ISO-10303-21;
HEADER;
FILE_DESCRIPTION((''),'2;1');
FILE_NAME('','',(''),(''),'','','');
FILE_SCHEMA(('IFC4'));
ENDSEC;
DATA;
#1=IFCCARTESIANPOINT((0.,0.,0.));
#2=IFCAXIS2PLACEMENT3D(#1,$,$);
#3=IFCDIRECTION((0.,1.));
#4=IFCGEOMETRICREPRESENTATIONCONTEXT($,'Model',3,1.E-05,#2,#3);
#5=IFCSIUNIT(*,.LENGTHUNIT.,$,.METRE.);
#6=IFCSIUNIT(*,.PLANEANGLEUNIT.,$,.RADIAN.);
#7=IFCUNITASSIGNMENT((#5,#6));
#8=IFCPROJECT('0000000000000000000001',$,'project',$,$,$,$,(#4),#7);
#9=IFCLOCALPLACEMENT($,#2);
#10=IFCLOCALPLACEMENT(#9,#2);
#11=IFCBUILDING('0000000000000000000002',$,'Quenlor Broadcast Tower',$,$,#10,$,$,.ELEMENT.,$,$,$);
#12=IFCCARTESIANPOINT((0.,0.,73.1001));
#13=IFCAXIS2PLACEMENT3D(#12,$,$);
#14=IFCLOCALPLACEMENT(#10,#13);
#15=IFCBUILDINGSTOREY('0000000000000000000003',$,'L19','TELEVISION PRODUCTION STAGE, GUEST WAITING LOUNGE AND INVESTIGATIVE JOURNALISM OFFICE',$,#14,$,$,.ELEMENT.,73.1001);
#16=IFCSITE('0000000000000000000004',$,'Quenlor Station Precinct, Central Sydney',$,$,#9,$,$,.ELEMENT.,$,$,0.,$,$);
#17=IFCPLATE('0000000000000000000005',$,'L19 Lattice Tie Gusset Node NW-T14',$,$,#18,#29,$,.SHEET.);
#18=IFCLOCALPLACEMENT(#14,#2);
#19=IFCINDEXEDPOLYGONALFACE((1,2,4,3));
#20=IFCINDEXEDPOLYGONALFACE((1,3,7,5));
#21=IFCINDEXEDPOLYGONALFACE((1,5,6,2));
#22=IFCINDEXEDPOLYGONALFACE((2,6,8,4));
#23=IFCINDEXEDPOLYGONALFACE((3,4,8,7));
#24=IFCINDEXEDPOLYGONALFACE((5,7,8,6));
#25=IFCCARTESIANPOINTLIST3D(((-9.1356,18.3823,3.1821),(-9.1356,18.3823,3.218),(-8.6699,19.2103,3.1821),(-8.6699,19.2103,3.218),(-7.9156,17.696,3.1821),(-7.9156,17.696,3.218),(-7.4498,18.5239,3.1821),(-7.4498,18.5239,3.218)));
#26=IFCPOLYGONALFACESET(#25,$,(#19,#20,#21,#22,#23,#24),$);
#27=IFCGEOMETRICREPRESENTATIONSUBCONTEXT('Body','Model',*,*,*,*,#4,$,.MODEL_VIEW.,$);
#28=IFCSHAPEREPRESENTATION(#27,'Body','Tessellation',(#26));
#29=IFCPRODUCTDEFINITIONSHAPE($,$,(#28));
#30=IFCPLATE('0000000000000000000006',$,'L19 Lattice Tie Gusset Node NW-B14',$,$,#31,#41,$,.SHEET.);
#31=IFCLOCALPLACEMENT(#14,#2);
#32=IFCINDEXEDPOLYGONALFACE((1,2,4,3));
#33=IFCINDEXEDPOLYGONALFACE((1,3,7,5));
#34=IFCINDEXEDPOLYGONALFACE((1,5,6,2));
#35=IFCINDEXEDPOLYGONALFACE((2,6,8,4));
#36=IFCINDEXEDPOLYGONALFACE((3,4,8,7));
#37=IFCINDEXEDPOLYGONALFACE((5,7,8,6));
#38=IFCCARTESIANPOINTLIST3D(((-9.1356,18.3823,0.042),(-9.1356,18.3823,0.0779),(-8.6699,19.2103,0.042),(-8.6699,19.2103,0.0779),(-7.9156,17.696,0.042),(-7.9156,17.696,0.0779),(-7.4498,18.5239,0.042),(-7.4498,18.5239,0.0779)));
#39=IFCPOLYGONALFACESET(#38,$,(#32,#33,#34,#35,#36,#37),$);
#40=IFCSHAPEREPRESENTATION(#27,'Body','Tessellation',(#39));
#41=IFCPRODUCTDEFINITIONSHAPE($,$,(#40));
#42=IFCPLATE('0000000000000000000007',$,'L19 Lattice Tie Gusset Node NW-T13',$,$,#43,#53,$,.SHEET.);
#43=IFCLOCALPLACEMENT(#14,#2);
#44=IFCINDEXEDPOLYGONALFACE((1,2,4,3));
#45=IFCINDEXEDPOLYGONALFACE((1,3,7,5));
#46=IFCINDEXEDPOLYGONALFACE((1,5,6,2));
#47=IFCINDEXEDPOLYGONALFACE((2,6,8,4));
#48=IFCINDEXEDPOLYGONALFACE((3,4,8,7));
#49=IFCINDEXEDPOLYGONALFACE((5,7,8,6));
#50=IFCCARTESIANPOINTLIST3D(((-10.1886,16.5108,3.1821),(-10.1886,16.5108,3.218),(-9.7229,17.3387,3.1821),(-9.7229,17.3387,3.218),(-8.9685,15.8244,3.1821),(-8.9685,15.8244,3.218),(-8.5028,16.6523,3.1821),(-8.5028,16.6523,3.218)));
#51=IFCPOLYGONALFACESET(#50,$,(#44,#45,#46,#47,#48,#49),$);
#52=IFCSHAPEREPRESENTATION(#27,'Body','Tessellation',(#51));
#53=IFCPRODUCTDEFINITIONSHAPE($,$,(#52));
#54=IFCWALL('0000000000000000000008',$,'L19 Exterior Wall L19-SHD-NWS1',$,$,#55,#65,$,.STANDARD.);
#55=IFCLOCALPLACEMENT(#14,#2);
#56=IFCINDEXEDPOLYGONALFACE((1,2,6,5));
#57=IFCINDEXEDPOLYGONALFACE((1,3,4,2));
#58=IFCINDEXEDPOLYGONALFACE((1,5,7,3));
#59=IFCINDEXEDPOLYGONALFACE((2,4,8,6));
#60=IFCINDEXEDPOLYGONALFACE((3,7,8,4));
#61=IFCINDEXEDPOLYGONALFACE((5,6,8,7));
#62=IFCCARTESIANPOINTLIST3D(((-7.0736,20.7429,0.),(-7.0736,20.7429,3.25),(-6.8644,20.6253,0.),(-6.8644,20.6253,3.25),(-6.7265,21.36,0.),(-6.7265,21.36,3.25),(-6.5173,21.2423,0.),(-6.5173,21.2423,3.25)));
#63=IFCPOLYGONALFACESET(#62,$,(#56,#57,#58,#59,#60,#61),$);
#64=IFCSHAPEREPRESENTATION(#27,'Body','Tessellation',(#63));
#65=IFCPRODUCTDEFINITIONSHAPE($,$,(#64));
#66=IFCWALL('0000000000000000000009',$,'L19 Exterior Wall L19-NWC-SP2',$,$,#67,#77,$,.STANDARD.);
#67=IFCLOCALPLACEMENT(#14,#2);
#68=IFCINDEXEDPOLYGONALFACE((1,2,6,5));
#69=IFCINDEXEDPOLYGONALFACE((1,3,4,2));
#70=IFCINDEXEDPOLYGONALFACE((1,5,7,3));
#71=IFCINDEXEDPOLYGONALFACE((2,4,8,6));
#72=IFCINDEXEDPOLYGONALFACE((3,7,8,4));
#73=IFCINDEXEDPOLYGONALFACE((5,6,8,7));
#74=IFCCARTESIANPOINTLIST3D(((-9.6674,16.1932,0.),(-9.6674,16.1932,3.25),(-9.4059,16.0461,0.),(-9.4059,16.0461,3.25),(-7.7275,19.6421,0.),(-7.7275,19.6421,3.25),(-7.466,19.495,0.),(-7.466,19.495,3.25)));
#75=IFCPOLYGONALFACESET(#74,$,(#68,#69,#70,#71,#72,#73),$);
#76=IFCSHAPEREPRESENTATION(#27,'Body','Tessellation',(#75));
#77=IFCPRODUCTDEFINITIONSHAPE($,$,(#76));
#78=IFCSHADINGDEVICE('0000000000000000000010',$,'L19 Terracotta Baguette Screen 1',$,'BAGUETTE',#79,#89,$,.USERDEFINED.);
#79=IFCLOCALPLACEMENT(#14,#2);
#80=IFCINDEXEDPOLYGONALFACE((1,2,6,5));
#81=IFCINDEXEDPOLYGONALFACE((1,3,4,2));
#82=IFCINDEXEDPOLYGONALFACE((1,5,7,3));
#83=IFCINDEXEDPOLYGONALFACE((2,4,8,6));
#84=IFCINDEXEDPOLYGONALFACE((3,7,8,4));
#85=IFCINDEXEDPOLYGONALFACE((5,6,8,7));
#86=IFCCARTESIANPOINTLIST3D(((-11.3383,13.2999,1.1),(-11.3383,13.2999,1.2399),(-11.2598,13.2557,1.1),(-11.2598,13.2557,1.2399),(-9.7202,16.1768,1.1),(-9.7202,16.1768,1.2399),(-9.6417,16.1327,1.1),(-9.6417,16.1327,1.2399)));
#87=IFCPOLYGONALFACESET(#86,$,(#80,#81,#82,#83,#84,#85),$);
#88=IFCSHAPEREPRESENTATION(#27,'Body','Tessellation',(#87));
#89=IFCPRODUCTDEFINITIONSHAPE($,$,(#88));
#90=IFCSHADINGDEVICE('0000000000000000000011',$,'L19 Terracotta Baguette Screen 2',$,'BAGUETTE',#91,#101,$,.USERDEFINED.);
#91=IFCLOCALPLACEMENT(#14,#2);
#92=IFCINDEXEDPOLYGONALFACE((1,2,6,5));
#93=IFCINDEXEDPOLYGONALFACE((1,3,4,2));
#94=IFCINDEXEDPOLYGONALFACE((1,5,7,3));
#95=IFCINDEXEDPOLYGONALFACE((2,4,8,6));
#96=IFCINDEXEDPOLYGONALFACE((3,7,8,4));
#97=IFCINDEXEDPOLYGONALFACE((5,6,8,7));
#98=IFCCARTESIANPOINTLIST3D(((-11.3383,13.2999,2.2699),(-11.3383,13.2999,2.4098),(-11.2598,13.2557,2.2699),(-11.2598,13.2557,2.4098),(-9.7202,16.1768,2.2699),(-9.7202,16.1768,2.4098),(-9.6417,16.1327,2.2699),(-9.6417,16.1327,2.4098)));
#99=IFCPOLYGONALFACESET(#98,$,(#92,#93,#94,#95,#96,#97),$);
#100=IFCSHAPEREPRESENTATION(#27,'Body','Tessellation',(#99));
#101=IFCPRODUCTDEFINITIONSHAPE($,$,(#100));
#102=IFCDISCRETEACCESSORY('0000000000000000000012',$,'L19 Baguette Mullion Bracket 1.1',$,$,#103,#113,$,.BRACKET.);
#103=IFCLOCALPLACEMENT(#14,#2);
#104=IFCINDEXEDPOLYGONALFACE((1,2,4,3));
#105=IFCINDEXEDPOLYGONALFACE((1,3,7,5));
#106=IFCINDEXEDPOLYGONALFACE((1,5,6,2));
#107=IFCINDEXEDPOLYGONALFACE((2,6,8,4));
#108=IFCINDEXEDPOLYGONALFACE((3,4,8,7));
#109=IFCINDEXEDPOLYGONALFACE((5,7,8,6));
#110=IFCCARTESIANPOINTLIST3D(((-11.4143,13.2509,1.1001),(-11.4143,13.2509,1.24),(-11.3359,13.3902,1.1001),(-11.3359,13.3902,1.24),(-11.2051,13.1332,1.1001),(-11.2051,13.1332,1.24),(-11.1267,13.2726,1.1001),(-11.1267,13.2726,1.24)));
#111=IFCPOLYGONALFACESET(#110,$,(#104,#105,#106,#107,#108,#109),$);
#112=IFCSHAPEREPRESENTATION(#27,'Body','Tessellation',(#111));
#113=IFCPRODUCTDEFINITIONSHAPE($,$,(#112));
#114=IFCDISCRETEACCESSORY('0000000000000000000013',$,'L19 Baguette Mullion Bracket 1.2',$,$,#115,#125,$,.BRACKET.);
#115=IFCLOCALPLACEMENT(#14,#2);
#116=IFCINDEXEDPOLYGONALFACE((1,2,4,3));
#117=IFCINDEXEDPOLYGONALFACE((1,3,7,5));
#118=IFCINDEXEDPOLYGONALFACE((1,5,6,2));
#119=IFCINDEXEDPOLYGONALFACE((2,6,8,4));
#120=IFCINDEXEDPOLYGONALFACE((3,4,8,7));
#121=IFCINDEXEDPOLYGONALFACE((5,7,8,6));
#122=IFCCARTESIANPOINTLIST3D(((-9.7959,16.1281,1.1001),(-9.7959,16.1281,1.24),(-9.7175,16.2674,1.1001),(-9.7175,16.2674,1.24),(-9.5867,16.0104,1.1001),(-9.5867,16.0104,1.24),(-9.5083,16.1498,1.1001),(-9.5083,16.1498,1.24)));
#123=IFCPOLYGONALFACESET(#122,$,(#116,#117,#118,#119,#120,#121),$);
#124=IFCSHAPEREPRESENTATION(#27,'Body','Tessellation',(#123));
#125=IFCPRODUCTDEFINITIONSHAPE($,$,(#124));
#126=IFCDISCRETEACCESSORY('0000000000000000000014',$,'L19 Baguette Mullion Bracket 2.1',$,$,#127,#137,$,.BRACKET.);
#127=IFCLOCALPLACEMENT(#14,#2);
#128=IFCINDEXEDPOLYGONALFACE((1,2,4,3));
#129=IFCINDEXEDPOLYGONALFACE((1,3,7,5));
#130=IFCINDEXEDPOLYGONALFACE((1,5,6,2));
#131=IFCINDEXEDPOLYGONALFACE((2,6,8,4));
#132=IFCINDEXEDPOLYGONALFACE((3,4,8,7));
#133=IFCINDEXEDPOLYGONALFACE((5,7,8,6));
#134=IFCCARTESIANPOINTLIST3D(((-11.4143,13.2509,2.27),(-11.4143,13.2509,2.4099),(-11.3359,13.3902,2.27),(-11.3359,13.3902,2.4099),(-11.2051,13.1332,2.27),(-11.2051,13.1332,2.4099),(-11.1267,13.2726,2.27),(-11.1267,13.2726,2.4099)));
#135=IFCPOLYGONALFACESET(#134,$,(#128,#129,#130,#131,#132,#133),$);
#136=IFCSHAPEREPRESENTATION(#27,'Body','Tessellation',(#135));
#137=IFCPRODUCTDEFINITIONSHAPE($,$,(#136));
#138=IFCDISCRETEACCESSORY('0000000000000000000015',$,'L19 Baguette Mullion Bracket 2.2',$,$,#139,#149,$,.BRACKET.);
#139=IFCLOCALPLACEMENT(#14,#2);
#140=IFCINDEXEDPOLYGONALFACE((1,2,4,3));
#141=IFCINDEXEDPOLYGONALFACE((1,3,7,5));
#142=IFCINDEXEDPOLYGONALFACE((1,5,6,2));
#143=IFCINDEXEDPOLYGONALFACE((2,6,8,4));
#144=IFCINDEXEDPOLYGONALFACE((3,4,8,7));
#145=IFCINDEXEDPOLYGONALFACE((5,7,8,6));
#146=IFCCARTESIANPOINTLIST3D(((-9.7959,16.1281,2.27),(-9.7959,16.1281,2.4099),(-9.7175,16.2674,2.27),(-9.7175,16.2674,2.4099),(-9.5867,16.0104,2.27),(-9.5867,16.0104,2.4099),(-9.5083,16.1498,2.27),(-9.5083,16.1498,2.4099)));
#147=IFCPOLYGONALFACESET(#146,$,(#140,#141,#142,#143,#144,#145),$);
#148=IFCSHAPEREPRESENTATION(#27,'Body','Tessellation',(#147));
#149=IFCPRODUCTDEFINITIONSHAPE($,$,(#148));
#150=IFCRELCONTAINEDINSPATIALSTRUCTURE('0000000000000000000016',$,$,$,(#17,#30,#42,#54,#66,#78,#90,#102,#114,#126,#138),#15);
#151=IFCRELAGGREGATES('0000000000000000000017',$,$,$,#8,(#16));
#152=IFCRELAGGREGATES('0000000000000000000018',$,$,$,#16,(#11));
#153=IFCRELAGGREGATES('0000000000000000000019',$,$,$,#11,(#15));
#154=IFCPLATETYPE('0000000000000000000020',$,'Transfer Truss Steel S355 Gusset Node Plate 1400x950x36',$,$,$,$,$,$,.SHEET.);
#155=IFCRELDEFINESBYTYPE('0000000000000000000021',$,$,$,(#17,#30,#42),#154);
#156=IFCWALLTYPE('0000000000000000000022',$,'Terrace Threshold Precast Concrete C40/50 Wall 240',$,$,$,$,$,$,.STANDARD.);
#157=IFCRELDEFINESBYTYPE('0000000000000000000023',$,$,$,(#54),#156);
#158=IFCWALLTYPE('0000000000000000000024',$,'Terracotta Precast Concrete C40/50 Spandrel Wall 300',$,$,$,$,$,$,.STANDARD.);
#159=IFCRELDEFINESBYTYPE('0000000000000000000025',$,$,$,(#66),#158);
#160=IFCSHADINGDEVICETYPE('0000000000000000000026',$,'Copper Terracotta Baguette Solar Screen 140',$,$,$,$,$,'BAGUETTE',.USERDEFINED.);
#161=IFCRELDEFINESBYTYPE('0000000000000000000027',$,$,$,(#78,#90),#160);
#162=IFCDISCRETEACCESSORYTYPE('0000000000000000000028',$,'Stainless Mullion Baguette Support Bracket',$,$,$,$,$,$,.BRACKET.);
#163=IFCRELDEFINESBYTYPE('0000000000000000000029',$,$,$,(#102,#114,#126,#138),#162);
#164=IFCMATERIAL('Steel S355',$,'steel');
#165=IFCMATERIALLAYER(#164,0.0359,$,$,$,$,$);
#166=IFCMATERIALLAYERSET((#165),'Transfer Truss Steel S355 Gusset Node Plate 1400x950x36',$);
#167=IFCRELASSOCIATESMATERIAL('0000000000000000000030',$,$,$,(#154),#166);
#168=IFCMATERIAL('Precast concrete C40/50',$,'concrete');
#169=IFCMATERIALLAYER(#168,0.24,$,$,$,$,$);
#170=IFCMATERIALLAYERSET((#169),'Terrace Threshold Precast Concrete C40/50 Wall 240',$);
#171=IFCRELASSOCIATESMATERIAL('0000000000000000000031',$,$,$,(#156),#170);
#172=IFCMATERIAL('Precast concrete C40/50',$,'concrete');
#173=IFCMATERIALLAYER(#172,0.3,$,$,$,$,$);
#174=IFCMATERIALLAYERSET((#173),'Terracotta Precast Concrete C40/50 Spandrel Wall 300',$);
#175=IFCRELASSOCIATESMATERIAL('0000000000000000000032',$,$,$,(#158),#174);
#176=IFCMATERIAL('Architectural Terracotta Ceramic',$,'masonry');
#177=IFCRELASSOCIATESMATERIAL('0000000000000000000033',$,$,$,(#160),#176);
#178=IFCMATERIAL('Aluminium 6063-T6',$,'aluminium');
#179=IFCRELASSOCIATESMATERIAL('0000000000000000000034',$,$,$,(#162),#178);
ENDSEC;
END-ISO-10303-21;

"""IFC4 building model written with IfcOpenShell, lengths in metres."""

from ifc_helpers import new_model, si_unit, direction, frame, frame_2d, origin, origin_2d, place, context, subcontext, project, spatial, rectangle, extrude, material, layer, layer_set, material_profile, profile_set, type_object, element, save


model = new_model("IFC4")

# Units and contexts
model_context = context("Model", 3, precision=1e-05, world=origin(), true_north=direction((0.0, 1.0)))
body_context = subcontext(model_context, "Body", "Model", "MODEL_VIEW")
ifc_project = project(units=[si_unit("LENGTHUNIT", "METRE"), si_unit("PLANEANGLEUNIT", "RADIAN")], contexts=[model_context])

# Site, building, storey
site_placement = place(None, origin())
site = spatial("IfcSite", under=ifc_project, at=site_placement, Name="Quenlor Station Precinct, Central Sydney", CompositionType="ELEMENT", RefElevation=0.0)
building_placement = place(site_placement, origin())
building = spatial("IfcBuilding", under=site, at=building_placement, Name="Quenlor Broadcast Tower", CompositionType="ELEMENT")
storey_placement = place(building_placement, frame((0.0, 0.0, 73.1001)))
storey = spatial("IfcBuildingStorey", under=building, at=storey_placement, Name="L19", Description="TELEVISION PRODUCTION STAGE, GUEST WAITING LOUNGE AND INVESTIGATIVE JOURNALISM OFFICE", CompositionType="ELEMENT", Elevation=73.1001)

# Plates
ifc_material_1 = material(Name="Steel S355", Category="steel")
ifc_layer_1 = layer(ifc_material_1, 0.0359)
ifc_layer_set_1 = layer_set([ifc_layer_1], Name="Transfer Truss Steel S355 Gusset Node Plate 1400x950x36")
plate_type_1 = type_object("IfcPlateType", Name="Transfer Truss Steel S355 Gusset Node Plate 1400x950x36", PredefinedType="SHEET", material=ifc_layer_set_1)
for number, where, z_axis, x_axis, name in (
    (1, (-8.2927, 18.4531, 3.1821), (0.0, 0.0, 1.0), (-0.871556, 0.490295, 0.0), "L19 Lattice Tie Gusset Node NW-T14"),
    (2, (-8.2927, 18.4531, 0.042), (0.0, 0.0, 1.0), (-0.871556, 0.490295, 0.0), "L19 Lattice Tie Gusset Node NW-B14"),
    (3, (-9.3457, 16.5815, 3.1821), (0.0, 0.0, 1.0), (-0.871556, 0.490295, 0.0), "L19 Lattice Tie Gusset Node NW-T13"),
):
    element("IfcPlate", number, at=place(storey_placement, frame(where, z_axis=z_axis, x_axis=x_axis)), inside=storey, type_object=plate_type_1, Name=name, PredefinedType="SHEET", context=body_context, shape_type="SweptSolid", body=[
        extrude(rectangle(XDim=1.3999, YDim=0.95, at=origin_2d()), origin(), (0.0, 0.0, 1.0), 0.0359),
    ])

# Walls
ifc_material_2 = material(Name="Precast concrete C40/50", Category="concrete")
ifc_layer_2 = layer(ifc_material_2, 0.24)
ifc_layer_set_2 = layer_set([ifc_layer_2], Name="Terrace Threshold Precast Concrete C40/50 Wall 240")
wall_type_1 = type_object("IfcWallType", Name="Terrace Threshold Precast Concrete C40/50 Wall 240", PredefinedType="STANDARD", material=ifc_layer_set_2)
wall_1_placement = place(storey_placement, frame((-6.969, 20.6841, 0.0), z_axis=(0.0, 0.0, 1.0), x_axis=(0.490261, 0.871576, 0.0)))
element("IfcWall", 4, at=wall_1_placement, inside=storey, type_object=wall_type_1, Name="L19 Exterior Wall L19-SHD-NWS1", PredefinedType="STANDARD", context=body_context, shape_type="SweptSolid", body=[
    extrude(rectangle(XDim=0.708, YDim=0.24, at=frame_2d((0.354, 0.0))), origin(), (0.0, 0.0, 1.0), 3.25),
])
ifc_material_3 = material(Name="Precast concrete C40/50", Category="concrete")
ifc_layer_3 = layer(ifc_material_3, 0.3)
ifc_layer_set_3 = layer_set([ifc_layer_3], Name="Terracotta Precast Concrete C40/50 Spandrel Wall 300")
wall_type_2 = type_object("IfcWallType", Name="Terracotta Precast Concrete C40/50 Spandrel Wall 300", PredefinedType="STANDARD", material=ifc_layer_set_3)
wall_2_placement = place(storey_placement, frame((-9.5366, 16.1196, 0.0), z_axis=(0.0, 0.0, 1.0), x_axis=(0.490241, 0.871587, 0.0)))
element("IfcWall", 5, at=wall_2_placement, inside=storey, type_object=wall_type_2, Name="L19 Exterior Wall L19-NWC-SP2", PredefinedType="STANDARD", context=body_context, shape_type="SweptSolid", body=[
    extrude(rectangle(XDim=3.957, YDim=0.3, at=frame_2d((1.9785, 0.0))), origin(), (0.0, 0.0, 1.0), 3.25),
])

# Shading devices
ifc_material_4 = material(Name="Architectural Terracotta Ceramic", Category="masonry")
ifc_material_profile_1 = material_profile(ifc_material_4, rectangle(XDim=0.0901, YDim=0.1399, at=origin_2d()))
ifc_profile_set_1 = profile_set([ifc_material_profile_1], Name="Architectural Terracotta Ceramic BAG90x140")
shading_device_type = type_object("IfcShadingDeviceType", Name="Copper Terracotta Baguette Solar Screen 140", ElementType="BAGUETTE", PredefinedType="USERDEFINED", material=ifc_profile_set_1)
for number, where, z_axis, x_axis, name in (
    (6, (-11.2991, 13.2778, 1.1699), (0.490233, 0.871591, 0.0), (-0.871591, 0.490233, 0.0), "L19 Terracotta Baguette Screen 1"),
    (7, (-11.2991, 13.2778, 2.3398), (0.490233, 0.871591, 0.0), (-0.871591, 0.490233, 0.0), "L19 Terracotta Baguette Screen 2"),
):
    element("IfcShadingDevice", number, at=place(storey_placement, frame(where, z_axis=z_axis, x_axis=x_axis)), inside=storey, type_object=shading_device_type, Name=name, ObjectType="BAGUETTE", PredefinedType="USERDEFINED", context=body_context, shape_type="SweptSolid", body=[
        extrude(rectangle(XDim=0.0901, YDim=0.1399, at=origin_2d()), origin(), (0.0, 0.0, 1.0), 3.3008),
    ])

# Discrete accessories
ifc_material_5 = material(Name="Aluminium 6063-T6", Category="aluminium")
discrete_accessory_type = type_object("IfcDiscreteAccessoryType", Name="Stainless Mullion Baguette Support Bracket", PredefinedType="BRACKET", material=ifc_material_5)
for number, where, z_axis, x_axis, name in (
    (8, (-11.2705, 13.2617, 1.1001), (0.0, 0.0, 1.0), (0.490244, 0.871585, 0.0), "L19 Baguette Mullion Bracket 1.1"),
    (9, (-9.6521, 16.1389, 1.1001), (0.0, 0.0, 1.0), (0.490244, 0.871585, 0.0), "L19 Baguette Mullion Bracket 1.2"),
    (10, (-11.2705, 13.2617, 2.27), (0.0, 0.0, 1.0), (0.490244, 0.871585, 0.0), "L19 Baguette Mullion Bracket 2.1"),
    (11, (-9.6521, 16.1389, 2.27), (0.0, 0.0, 1.0), (0.490244, 0.871585, 0.0), "L19 Baguette Mullion Bracket 2.2"),
):
    element("IfcDiscreteAccessory", number, at=place(storey_placement, frame(where, z_axis=z_axis, x_axis=x_axis)), inside=storey, type_object=discrete_accessory_type, Name=name, PredefinedType="BRACKET", context=body_context, shape_type="SweptSolid", body=[
        extrude(rectangle(XDim=0.1599, YDim=0.24, at=origin_2d()), origin(), (0.0, 0.0, 1.0), 0.1399),
    ])

save(model, "model.ifc")
